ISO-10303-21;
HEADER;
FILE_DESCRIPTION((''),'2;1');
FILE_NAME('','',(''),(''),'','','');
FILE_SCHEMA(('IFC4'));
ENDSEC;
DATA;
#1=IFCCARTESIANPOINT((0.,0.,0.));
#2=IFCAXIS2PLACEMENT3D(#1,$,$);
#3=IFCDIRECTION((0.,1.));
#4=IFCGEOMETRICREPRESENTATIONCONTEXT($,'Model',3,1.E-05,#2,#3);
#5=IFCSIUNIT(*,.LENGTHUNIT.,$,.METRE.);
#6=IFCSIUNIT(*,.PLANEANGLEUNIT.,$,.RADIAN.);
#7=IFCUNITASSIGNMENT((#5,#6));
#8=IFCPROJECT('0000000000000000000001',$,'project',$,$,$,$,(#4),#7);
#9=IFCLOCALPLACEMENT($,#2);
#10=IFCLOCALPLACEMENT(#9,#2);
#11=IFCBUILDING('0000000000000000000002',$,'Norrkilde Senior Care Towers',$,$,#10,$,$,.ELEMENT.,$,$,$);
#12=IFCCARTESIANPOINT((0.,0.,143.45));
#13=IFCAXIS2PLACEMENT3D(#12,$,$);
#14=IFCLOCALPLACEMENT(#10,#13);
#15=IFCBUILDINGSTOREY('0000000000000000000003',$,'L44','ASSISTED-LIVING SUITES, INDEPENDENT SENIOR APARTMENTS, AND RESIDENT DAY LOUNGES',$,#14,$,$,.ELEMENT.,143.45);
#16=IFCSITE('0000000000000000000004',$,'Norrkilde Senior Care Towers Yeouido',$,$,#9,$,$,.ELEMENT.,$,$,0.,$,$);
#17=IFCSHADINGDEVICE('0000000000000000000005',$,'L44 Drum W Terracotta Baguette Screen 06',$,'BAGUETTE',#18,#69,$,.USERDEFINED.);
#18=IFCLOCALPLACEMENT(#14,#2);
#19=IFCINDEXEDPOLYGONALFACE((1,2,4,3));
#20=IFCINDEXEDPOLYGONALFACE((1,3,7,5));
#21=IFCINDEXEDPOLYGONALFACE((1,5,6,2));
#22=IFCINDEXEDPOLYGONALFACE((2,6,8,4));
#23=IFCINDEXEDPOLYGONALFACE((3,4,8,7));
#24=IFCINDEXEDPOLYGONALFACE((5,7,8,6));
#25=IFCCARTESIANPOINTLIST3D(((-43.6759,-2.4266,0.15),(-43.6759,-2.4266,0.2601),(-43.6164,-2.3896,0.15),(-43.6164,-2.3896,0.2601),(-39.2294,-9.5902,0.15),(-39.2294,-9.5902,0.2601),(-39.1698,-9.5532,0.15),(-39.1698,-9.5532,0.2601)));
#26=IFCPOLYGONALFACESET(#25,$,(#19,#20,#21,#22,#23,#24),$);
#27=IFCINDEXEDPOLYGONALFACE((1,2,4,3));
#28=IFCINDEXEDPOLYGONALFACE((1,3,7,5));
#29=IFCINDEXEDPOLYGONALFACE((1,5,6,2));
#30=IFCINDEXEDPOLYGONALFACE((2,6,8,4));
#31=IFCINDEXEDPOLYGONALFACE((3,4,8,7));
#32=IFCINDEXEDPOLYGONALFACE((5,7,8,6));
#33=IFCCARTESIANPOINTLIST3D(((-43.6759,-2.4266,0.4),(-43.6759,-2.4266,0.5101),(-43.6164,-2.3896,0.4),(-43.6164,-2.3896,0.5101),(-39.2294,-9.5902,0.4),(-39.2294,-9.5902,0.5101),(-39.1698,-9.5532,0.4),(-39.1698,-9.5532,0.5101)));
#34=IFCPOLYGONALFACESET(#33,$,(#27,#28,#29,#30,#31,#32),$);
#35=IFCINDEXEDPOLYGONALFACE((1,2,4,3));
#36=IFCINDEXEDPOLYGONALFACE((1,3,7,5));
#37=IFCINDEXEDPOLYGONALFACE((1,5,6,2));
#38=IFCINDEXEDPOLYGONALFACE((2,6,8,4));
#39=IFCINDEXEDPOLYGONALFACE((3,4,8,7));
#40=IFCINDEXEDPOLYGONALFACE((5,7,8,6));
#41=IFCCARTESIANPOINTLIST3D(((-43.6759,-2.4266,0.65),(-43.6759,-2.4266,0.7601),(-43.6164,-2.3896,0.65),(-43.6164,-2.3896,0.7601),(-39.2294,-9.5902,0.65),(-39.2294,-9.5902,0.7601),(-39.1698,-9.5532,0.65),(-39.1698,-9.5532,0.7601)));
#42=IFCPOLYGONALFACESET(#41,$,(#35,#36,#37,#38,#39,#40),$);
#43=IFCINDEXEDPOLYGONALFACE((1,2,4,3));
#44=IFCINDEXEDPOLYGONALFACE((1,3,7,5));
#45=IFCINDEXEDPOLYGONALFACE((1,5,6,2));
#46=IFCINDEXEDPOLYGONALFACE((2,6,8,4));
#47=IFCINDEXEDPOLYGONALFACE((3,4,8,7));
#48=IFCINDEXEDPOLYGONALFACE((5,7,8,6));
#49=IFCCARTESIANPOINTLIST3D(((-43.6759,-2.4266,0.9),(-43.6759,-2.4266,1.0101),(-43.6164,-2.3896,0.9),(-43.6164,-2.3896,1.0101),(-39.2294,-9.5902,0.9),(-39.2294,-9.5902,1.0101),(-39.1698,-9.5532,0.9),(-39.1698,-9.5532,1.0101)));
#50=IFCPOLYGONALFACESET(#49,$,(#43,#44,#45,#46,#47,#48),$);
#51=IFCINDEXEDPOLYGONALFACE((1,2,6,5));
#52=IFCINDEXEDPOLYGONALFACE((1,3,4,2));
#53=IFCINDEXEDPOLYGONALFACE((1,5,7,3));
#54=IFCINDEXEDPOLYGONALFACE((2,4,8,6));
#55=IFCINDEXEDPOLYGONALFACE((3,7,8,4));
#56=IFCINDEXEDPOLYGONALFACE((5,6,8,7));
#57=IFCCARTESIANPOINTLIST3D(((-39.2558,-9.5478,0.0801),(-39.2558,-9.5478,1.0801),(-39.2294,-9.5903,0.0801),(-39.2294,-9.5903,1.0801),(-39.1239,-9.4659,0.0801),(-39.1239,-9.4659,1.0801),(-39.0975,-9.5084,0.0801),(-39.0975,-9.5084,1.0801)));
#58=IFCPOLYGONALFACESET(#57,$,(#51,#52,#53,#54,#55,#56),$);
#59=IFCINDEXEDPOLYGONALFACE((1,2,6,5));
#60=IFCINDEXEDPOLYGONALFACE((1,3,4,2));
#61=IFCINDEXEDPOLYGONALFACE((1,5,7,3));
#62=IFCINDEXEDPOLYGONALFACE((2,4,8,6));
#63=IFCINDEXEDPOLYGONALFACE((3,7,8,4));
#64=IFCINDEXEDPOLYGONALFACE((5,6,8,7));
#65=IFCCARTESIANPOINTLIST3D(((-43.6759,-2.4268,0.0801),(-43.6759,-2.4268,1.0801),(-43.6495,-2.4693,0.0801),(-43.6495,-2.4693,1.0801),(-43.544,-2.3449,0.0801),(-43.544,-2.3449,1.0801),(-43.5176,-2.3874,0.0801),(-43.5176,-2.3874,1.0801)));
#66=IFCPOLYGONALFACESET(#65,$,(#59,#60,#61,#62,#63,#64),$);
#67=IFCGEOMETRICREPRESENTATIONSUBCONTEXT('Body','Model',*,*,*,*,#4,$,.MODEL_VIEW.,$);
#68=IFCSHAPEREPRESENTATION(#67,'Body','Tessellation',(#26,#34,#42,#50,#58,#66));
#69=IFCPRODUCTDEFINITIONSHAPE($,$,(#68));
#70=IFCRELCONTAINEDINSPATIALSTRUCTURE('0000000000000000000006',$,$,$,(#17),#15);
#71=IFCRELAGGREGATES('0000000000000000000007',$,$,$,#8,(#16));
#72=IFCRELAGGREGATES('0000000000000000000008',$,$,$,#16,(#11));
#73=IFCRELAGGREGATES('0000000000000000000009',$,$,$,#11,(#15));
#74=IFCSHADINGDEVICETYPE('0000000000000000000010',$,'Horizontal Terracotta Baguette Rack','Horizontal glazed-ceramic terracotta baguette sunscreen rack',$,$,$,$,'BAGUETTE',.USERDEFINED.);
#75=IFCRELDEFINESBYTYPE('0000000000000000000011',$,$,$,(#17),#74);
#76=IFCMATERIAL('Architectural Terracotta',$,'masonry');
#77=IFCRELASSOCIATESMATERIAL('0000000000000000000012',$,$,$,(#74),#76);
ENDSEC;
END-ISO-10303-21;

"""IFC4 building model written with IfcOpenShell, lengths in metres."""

from ifc_helpers import new_model, si_unit, direction, frame, origin, origin_2d, place, context, subcontext, project, spatial, rectangle, extrude, source, transform, mapped, material, type_object, type_shapes, element, save


model = new_model("IFC4")

# Units and contexts
model_context = context("Model", 3, precision=1e-05, world=origin(), true_north=direction((0.0, 1.0)))
body_context = subcontext(model_context, "Body", "Model", "MODEL_VIEW")
ifc_project = project(units=[si_unit("LENGTHUNIT", "METRE"), si_unit("PLANEANGLEUNIT", "RADIAN")], contexts=[model_context])

# Site, building, storey
site_placement = place(None, origin())
site = spatial("IfcSite", under=ifc_project, at=site_placement, Name="Norrkilde Senior Care Towers Yeouido", CompositionType="ELEMENT", RefElevation=0.0)
building_placement = place(site_placement, origin())
building = spatial("IfcBuilding", under=site, at=building_placement, Name="Norrkilde Senior Care Towers", CompositionType="ELEMENT")
storey_placement = place(building_placement, frame((0.0, 0.0, 143.45)))
storey = spatial("IfcBuildingStorey", under=building, at=storey_placement, Name="L44", Description="ASSISTED-LIVING SUITES, INDEPENDENT SENIOR APARTMENTS, AND RESIDENT DAY LOUNGES", CompositionType="ELEMENT", Elevation=143.45)

# Shading device
ifc_material_1 = material(Name="Architectural Terracotta", Category="masonry")
shading_device_type = type_object("IfcShadingDeviceType", Name="Horizontal Terracotta Baguette Rack", Description="Horizontal glazed-ceramic terracotta baguette sunscreen rack", ElementType="BAGUETTE", PredefinedType="USERDEFINED", material=ifc_material_1)
shared_shape_1 = source(origin(), body_context, "Body", "SweptSolid", [
    extrude(rectangle(XDim=0.0701, YDim=0.1101, at=origin_2d()), frame((0.0, 0.0901, 0.125), z_axis=(1.0, 0.0, 0.0), x_axis=(0.0, 1.0, 0.0)), (0.0, 0.0, 1.0), 8.4314),
    extrude(rectangle(XDim=0.0701, YDim=0.1101, at=origin_2d()), frame((0.0, 0.0901, 0.375), z_axis=(1.0, 0.0, 0.0), x_axis=(0.0, 1.0, 0.0)), (0.0, 0.0, 1.0), 8.4314),
    extrude(rectangle(XDim=0.0701, YDim=0.1101, at=origin_2d()), frame((0.0, 0.0901, 0.625), z_axis=(1.0, 0.0, 0.0), x_axis=(0.0, 1.0, 0.0)), (0.0, 0.0, 1.0), 8.4314),
    extrude(rectangle(XDim=0.0701, YDim=0.1101, at=origin_2d()), frame((0.0, 0.0901, 0.875), z_axis=(1.0, 0.0, 0.0), x_axis=(0.0, 1.0, 0.0)), (0.0, 0.0, 1.0), 8.4314),
    extrude(rectangle(XDim=0.05, YDim=0.1553, at=origin_2d()), frame((0.0249, 0.0476, 0.0)), (0.0, 0.0, 1.0), 1.0),
    extrude(rectangle(XDim=0.05, YDim=0.1553, at=origin_2d()), frame((8.4062, 0.0476, 0.0)), (0.0, 0.0, 1.0), 1.0),
])
type_shapes(shading_device_type, [shared_shape_1])
shading_device_placement = place(storey_placement, frame((-39.123, -9.5242, 0.0801), z_axis=(0.0, 0.0, 1.0), x_axis=(-0.527378, 0.849631, 0.0)))
element("IfcShadingDevice", 1, at=shading_device_placement, inside=storey, type_object=shading_device_type, Name="L44 Drum W Terracotta Baguette Screen 06", ObjectType="BAGUETTE", PredefinedType="USERDEFINED", context=body_context, shape_type="MappedRepresentation", body=[
    mapped(shared_shape_1, transform((0.0, 0.0, 0.0), x_axis=(1.0, 0.0, 0.0), y_axis=(0.0, 1.0, 0.0), z_axis=(0.0, 0.0, 1.0), scale=1.0)),
])

save(model, "model.ifc")
